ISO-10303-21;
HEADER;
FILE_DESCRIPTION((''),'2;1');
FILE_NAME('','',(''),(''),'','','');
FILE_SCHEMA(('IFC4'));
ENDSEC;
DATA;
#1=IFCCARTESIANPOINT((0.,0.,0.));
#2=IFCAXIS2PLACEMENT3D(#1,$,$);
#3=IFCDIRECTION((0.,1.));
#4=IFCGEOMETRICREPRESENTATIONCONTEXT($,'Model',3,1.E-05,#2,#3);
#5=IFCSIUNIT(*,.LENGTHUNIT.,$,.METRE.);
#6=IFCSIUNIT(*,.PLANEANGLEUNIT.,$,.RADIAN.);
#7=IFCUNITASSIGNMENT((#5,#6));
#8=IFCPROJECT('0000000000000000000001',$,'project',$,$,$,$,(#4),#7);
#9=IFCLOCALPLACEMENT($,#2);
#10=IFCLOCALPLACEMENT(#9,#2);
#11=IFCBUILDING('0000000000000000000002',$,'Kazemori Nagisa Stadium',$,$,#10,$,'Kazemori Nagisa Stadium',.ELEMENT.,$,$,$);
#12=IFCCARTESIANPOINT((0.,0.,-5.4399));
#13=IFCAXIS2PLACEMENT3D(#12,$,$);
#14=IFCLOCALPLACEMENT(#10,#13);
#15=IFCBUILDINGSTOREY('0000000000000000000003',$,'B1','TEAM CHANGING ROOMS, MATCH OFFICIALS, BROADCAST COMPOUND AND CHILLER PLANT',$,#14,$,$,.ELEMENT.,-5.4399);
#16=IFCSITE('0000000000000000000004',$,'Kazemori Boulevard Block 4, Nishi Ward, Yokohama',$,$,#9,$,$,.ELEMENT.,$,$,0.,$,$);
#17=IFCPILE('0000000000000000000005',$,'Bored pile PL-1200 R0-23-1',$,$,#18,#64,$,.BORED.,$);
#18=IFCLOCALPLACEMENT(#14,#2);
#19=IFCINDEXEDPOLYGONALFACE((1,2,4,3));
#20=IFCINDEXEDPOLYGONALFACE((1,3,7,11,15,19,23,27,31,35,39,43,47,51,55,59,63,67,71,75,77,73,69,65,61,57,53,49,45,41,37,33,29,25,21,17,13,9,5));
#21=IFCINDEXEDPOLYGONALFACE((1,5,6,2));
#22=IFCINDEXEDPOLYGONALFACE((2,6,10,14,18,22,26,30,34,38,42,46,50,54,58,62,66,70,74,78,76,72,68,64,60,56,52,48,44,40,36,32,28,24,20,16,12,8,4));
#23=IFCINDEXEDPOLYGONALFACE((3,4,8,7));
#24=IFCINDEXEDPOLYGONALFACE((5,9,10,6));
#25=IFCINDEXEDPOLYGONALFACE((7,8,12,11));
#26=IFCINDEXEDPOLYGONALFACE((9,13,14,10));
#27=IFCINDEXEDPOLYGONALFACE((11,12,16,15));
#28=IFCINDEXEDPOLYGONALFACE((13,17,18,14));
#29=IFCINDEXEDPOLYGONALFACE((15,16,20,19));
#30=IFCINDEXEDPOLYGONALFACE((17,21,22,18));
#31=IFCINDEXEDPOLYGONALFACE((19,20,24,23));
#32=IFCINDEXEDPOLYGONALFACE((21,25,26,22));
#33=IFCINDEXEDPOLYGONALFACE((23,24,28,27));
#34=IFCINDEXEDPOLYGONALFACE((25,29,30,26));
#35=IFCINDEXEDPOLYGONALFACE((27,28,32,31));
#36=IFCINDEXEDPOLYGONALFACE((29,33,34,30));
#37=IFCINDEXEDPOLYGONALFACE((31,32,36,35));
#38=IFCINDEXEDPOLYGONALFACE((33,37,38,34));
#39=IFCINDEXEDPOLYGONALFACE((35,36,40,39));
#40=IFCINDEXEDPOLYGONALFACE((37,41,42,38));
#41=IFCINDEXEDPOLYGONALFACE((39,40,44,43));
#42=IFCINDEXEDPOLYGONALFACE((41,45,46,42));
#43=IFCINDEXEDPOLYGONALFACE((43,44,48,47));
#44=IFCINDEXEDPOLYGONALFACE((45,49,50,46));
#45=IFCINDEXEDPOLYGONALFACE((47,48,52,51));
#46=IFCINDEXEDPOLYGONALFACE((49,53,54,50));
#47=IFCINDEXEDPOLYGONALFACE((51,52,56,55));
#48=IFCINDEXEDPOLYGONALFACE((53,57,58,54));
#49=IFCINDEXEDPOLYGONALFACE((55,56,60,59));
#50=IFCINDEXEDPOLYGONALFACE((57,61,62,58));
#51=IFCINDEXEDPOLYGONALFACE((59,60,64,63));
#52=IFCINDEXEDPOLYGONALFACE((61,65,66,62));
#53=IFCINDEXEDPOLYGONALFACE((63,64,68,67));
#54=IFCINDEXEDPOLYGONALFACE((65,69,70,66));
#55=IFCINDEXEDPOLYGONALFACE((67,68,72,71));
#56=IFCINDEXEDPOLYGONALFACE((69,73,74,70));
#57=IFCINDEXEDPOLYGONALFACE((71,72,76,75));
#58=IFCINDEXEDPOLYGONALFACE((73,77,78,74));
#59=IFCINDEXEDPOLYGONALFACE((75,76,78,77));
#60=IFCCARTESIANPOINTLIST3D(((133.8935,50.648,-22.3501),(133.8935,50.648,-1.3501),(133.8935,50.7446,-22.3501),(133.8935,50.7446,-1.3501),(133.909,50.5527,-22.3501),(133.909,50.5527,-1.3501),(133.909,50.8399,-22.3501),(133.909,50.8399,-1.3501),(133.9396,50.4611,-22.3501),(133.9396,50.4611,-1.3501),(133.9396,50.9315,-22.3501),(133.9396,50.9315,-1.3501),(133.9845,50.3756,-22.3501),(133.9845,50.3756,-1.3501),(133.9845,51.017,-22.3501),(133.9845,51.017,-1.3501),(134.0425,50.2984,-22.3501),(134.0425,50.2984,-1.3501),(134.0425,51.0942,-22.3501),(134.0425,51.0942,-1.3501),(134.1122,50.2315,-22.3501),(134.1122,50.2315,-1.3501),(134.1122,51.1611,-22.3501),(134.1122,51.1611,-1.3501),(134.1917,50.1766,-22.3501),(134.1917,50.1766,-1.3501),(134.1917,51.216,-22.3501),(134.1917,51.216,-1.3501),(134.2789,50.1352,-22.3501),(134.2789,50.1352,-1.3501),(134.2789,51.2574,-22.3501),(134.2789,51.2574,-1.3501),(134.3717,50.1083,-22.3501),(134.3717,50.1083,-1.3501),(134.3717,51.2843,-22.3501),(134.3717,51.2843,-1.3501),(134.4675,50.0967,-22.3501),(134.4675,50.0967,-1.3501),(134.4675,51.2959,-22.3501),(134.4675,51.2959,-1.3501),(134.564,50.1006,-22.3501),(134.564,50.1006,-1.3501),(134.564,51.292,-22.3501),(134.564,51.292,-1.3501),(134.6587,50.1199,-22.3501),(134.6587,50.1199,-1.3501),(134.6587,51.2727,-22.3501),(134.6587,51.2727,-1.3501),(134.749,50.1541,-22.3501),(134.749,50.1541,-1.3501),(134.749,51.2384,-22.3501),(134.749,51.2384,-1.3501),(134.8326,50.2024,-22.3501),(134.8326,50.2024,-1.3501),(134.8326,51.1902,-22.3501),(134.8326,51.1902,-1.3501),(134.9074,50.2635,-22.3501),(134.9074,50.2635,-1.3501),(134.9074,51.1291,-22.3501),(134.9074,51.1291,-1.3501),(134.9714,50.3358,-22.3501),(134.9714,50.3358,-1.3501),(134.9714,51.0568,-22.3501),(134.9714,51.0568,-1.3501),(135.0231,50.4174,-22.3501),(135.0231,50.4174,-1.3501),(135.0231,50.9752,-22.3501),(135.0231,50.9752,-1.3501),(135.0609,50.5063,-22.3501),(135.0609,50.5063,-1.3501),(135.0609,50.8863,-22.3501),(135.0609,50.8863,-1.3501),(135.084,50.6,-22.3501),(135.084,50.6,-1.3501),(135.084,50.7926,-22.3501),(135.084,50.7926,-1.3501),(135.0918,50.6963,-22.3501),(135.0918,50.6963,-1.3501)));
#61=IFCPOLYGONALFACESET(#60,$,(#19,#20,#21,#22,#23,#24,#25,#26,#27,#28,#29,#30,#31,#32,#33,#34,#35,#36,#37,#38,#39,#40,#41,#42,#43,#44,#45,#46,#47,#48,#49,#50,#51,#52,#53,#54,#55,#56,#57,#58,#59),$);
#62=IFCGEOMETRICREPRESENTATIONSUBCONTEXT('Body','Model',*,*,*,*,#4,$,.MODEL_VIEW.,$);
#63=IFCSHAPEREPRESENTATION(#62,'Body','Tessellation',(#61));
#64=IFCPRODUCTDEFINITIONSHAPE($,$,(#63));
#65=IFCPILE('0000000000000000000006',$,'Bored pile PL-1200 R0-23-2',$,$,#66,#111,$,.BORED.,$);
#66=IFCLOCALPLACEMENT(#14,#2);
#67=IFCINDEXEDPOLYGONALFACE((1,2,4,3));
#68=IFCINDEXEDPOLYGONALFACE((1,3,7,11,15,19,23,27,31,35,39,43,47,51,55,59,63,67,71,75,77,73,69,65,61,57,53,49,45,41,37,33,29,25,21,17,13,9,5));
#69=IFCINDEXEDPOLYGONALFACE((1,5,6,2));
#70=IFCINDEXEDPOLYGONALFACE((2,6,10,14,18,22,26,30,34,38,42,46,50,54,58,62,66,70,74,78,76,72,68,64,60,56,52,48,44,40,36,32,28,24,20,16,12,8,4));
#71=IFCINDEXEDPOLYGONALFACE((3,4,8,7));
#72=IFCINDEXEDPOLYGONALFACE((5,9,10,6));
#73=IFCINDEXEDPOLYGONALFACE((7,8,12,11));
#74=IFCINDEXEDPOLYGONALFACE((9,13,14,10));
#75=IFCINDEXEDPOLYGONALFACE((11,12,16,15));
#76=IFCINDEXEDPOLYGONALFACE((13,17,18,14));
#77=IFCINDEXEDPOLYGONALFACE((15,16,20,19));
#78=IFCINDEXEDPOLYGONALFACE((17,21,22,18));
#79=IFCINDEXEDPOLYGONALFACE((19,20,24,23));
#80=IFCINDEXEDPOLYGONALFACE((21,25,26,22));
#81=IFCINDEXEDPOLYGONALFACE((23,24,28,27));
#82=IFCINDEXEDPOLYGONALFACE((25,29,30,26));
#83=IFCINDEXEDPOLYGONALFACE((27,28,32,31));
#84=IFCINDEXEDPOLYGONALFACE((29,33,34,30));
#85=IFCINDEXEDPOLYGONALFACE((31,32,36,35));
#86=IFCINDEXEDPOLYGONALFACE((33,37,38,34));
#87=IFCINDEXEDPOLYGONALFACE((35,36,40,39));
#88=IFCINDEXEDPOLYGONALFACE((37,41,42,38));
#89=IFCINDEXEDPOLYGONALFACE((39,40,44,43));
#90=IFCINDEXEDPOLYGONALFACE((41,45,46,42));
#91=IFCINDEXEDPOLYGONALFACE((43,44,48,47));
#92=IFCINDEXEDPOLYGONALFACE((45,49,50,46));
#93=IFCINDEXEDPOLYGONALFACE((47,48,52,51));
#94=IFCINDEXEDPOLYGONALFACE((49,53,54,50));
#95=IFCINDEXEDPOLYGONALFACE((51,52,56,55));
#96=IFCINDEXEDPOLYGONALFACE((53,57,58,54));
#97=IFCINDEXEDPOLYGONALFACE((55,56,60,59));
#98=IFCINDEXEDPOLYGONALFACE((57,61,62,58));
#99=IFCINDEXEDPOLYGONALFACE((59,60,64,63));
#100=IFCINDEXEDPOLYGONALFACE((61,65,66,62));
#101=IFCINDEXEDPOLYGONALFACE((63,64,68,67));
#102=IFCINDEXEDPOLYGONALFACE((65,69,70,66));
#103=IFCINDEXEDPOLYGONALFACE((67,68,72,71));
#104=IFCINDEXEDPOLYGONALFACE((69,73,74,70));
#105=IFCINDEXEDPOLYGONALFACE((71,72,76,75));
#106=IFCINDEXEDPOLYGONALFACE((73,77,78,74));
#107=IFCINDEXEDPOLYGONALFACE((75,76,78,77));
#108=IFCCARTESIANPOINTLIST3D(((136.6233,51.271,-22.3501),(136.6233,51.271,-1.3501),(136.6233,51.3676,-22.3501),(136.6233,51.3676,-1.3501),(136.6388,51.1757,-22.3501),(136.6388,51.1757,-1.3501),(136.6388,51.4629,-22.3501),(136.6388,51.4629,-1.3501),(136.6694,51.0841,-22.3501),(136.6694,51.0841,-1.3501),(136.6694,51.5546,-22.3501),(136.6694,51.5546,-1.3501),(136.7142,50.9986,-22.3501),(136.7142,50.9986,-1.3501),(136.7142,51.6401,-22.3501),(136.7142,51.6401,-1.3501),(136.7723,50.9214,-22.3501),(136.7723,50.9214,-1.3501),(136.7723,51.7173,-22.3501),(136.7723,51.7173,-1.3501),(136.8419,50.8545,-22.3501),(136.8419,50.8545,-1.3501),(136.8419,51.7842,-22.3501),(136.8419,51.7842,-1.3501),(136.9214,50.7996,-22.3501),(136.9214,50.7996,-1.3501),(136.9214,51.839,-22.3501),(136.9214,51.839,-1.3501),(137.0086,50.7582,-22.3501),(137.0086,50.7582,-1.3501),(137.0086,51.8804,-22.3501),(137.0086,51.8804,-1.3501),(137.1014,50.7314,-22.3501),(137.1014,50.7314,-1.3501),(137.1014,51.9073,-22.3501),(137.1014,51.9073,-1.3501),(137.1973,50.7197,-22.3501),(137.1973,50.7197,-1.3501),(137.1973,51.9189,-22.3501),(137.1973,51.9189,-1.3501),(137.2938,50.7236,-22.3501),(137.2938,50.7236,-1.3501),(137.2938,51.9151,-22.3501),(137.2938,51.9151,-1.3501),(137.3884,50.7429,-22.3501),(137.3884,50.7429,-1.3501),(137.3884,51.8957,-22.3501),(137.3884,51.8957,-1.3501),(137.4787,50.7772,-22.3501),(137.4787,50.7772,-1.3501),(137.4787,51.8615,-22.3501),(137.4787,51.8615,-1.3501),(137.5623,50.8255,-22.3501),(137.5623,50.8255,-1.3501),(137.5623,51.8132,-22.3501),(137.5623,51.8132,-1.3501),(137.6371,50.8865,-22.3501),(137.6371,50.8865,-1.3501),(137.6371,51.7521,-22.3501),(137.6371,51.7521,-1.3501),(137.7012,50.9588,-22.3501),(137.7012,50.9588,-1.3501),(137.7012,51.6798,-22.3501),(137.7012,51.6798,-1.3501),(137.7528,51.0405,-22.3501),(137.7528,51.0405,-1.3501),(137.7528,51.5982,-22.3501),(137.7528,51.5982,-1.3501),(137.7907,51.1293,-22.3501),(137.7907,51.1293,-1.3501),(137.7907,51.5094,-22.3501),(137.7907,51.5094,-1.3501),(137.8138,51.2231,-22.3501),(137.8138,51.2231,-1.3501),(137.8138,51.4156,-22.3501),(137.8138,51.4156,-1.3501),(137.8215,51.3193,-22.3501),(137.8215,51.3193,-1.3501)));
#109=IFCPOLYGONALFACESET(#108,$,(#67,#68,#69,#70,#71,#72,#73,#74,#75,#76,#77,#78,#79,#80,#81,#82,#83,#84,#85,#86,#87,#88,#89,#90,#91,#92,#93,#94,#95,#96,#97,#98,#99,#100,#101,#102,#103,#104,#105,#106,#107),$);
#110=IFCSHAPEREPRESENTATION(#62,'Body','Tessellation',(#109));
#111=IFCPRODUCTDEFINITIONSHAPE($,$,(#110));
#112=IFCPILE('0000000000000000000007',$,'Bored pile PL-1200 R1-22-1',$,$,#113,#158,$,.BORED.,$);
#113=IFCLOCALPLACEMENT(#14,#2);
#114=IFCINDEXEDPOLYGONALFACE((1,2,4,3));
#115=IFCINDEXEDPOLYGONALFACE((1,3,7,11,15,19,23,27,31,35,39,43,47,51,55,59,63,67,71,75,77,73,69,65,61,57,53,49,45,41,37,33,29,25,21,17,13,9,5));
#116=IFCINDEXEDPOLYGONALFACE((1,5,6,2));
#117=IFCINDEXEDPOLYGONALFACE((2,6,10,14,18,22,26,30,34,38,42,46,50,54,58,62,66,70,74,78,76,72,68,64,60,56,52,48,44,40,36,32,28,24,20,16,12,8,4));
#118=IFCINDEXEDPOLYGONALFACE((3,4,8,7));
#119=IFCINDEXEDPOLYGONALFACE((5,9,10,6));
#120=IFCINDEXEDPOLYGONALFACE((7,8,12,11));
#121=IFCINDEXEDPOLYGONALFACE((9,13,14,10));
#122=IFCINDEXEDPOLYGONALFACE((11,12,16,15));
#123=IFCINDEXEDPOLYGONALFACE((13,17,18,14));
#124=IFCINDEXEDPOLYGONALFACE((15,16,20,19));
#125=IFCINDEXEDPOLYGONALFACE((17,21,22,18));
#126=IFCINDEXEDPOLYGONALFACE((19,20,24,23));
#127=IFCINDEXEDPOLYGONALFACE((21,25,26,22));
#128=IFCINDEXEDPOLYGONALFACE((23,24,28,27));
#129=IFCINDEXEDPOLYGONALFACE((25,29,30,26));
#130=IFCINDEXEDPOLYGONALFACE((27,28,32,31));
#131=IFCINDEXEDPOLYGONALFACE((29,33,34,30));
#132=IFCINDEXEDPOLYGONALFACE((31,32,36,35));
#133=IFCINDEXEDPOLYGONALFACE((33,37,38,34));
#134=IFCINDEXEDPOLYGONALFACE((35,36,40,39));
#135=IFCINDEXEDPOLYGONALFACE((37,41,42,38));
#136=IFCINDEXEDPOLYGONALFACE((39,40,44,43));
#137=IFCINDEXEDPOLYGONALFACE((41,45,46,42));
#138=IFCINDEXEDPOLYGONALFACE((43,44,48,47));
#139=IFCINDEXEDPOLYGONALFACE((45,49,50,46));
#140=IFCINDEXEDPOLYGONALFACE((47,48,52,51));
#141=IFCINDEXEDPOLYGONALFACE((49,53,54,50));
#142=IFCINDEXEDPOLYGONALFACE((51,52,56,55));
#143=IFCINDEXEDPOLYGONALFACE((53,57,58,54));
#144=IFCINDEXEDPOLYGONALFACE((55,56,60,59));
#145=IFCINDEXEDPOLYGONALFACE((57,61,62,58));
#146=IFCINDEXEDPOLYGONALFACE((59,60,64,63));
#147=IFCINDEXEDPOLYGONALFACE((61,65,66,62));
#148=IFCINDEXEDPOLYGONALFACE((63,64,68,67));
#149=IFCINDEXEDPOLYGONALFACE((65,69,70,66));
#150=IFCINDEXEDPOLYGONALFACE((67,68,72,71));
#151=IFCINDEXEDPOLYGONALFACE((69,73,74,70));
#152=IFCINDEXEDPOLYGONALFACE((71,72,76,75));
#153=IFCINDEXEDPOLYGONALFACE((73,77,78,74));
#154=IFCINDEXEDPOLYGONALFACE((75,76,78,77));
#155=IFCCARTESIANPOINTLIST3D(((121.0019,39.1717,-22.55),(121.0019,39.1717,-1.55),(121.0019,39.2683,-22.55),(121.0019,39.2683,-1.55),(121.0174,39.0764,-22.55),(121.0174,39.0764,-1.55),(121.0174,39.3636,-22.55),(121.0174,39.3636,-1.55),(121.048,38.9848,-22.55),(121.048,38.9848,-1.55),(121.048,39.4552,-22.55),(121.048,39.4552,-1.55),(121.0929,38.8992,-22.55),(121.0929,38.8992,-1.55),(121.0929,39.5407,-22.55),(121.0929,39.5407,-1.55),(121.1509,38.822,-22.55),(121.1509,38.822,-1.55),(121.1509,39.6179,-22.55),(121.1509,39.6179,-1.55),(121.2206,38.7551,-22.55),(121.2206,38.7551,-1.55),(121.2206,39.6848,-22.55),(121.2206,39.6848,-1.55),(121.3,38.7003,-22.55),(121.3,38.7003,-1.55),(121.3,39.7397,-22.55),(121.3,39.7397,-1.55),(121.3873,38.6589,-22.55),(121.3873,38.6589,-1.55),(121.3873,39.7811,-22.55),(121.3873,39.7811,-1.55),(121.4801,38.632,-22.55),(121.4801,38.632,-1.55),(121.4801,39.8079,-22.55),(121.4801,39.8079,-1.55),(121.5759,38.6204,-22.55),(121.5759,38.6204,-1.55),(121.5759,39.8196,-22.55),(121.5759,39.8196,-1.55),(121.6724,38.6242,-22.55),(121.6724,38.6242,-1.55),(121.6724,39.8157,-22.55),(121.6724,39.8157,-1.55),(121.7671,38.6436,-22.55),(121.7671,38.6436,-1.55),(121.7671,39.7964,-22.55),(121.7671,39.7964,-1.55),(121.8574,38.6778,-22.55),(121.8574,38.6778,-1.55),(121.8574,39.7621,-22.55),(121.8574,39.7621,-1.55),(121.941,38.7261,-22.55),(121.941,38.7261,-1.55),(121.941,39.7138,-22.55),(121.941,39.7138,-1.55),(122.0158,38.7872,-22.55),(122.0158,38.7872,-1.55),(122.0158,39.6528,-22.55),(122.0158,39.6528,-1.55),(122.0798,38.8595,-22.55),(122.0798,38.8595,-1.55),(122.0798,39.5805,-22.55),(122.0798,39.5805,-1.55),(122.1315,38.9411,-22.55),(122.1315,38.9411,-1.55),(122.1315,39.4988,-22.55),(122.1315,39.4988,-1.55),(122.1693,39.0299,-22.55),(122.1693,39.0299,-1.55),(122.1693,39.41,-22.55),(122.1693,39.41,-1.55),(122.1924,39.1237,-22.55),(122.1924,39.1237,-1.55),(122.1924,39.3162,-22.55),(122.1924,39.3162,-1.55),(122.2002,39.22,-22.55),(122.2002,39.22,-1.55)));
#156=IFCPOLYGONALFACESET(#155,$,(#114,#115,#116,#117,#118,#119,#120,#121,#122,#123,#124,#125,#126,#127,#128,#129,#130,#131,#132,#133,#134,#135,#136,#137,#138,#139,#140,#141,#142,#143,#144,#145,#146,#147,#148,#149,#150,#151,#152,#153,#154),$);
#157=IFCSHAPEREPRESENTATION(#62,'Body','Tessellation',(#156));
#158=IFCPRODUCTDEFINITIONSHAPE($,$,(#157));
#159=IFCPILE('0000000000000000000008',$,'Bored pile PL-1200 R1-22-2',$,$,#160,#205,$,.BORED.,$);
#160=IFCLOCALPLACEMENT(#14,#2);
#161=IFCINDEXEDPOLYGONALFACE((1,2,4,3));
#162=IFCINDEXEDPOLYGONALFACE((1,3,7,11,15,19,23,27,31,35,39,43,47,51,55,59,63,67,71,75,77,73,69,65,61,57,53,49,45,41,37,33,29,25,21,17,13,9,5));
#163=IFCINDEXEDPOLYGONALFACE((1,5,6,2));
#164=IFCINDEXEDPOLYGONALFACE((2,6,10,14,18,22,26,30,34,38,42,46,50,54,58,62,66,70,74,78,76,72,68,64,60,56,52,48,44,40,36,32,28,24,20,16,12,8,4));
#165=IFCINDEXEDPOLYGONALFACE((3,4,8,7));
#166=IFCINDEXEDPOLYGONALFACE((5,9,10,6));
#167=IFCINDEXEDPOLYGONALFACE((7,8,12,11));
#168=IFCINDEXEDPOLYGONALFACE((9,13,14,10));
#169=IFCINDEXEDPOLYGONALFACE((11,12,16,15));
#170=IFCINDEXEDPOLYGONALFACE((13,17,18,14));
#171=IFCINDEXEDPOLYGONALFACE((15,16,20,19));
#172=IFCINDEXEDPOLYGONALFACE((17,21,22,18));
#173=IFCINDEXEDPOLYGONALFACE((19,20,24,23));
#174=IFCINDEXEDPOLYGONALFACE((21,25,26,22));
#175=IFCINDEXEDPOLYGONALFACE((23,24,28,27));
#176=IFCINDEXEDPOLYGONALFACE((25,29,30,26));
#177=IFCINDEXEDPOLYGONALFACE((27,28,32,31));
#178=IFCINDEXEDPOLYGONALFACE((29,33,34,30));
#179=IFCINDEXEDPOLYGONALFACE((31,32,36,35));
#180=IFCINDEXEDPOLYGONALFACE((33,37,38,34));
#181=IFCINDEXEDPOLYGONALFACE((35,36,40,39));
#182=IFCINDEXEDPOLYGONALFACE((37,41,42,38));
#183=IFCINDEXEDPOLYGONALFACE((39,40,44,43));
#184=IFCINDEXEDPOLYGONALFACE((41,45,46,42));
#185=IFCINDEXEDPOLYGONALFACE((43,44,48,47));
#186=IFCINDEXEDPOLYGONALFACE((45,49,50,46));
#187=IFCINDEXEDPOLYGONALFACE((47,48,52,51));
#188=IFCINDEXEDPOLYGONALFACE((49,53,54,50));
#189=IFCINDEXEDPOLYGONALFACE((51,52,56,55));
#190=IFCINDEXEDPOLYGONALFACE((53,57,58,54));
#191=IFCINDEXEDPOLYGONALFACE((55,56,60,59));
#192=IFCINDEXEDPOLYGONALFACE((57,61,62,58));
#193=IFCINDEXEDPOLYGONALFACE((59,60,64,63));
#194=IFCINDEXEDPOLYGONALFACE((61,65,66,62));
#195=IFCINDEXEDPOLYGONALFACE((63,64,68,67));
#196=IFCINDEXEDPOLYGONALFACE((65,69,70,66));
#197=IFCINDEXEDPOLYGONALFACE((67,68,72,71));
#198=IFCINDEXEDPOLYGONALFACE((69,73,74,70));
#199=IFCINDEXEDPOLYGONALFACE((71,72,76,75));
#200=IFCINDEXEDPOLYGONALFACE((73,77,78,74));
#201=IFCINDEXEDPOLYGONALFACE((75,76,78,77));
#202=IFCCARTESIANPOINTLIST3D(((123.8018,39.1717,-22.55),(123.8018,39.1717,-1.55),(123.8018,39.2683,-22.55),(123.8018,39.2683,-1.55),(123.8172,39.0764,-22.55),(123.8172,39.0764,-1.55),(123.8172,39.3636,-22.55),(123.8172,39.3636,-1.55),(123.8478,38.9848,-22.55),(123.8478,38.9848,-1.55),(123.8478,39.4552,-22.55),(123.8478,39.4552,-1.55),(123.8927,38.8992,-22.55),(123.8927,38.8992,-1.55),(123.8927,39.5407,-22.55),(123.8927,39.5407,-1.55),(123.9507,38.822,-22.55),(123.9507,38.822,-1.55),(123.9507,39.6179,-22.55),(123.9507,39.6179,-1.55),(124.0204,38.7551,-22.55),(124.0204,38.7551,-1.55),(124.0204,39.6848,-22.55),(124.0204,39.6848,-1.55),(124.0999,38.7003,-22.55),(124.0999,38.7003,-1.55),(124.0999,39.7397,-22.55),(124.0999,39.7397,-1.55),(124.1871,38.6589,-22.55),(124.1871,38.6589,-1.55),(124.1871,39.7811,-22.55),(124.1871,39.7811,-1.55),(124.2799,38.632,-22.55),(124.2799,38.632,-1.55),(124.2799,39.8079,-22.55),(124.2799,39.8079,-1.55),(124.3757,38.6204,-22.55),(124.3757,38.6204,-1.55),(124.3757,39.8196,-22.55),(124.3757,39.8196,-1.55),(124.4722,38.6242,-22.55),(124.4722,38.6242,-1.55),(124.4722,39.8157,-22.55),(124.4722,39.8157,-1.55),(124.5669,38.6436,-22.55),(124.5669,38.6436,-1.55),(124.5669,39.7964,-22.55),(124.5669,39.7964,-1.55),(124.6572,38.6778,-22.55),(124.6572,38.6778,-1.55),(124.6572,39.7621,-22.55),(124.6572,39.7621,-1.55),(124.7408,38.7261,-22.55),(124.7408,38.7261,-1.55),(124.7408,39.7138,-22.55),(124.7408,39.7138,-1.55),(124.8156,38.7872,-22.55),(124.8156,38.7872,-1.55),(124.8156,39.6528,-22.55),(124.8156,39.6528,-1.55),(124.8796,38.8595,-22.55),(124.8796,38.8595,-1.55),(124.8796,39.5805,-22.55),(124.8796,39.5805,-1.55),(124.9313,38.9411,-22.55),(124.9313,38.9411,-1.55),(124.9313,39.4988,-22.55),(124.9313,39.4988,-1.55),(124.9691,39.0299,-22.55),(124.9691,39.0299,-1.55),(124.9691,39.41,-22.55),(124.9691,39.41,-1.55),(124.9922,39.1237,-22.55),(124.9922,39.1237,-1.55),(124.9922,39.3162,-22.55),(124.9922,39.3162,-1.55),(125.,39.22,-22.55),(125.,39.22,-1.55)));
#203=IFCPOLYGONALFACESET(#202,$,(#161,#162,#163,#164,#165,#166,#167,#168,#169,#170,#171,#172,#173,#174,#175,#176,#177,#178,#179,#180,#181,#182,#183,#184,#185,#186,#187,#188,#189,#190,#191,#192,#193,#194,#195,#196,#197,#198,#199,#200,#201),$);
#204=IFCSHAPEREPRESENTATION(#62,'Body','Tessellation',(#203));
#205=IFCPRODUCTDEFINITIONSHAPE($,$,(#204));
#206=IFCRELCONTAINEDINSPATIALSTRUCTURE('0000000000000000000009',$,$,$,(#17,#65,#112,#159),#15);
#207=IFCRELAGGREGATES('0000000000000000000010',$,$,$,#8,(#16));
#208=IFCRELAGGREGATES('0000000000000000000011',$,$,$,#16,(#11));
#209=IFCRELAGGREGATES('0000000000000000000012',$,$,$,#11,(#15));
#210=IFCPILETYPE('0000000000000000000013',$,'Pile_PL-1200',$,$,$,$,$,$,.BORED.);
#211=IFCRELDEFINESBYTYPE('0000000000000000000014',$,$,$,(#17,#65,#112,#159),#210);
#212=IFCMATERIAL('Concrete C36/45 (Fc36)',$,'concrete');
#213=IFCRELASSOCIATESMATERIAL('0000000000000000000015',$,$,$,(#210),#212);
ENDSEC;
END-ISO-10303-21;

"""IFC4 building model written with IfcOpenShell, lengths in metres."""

from ifc_helpers import new_model, si_unit, direction, frame, origin, origin_2d, place, context, subcontext, project, spatial, circle, extrude, material, material_profile, profile_set, type_object, element, save


model = new_model("IFC4")

# Units and contexts
model_context = context("Model", 3, precision=1e-05, world=origin(), true_north=direction((0.0, 1.0)))
body_context = subcontext(model_context, "Body", "Model", "MODEL_VIEW")
ifc_project = project(units=[si_unit("LENGTHUNIT", "METRE"), si_unit("PLANEANGLEUNIT", "RADIAN")], contexts=[model_context])

# Site, building, storey
site_placement = place(None, origin())
site = spatial("IfcSite", under=ifc_project, at=site_placement, Name="Kazemori Boulevard Block 4, Nishi Ward, Yokohama", CompositionType="ELEMENT", RefElevation=0.0)
building_placement = place(site_placement, origin())
building = spatial("IfcBuilding", under=site, at=building_placement, Name="Kazemori Nagisa Stadium", LongName="Kazemori Nagisa Stadium", CompositionType="ELEMENT")
storey_placement = place(building_placement, frame((0.0, 0.0, -5.4399)))
storey = spatial("IfcBuildingStorey", under=building, at=storey_placement, Name="B1", Description="TEAM CHANGING ROOMS, MATCH OFFICIALS, BROADCAST COMPOUND AND CHILLER PLANT", CompositionType="ELEMENT", Elevation=-5.4399)

# Piles
ifc_material_1 = material(Name="Concrete C36/45 (Fc36)", Category="concrete")
ifc_material_profile_1 = material_profile(ifc_material_1, circle(Radius=0.6001, at=origin_2d()), Name="PILE-D1200")
ifc_profile_set_1 = profile_set([ifc_material_profile_1], Name="Concrete C36/45 (Fc36)")
pile_type = type_object("IfcPileType", Name="Pile_PL-1200", PredefinedType="BORED", material=ifc_profile_set_1)
for number, where, z_axis, x_axis, name in (
    (1, (134.4917, 50.6963, -1.3501), (0.0, 0.0, -1.0), (1.0, 0.0, 0.0), "Bored pile PL-1200 R0-23-1"),
    (2, (137.2214, 51.3193, -1.3501), (0.0, 0.0, -1.0), (1.0, 0.0, 0.0), "Bored pile PL-1200 R0-23-2"),
    (3, (121.6001, 39.22, -1.55), (0.0, 0.0, -1.0), (1.0, 0.0, 0.0), "Bored pile PL-1200 R1-22-1"),
    (4, (124.3999, 39.22, -1.55), (0.0, 0.0, -1.0), (1.0, 0.0, 0.0), "Bored pile PL-1200 R1-22-2"),
):
    element("IfcPile", number, at=place(storey_placement, frame(where, z_axis=z_axis, x_axis=x_axis)), inside=storey, type_object=pile_type, Name=name, PredefinedType="BORED", context=body_context, shape_type="SweptSolid", body=[
        extrude(circle(Radius=0.6001, at=origin_2d()), origin(), (0.0, 0.0, 1.0), 21.0),
    ])

save(model, "model.ifc")
